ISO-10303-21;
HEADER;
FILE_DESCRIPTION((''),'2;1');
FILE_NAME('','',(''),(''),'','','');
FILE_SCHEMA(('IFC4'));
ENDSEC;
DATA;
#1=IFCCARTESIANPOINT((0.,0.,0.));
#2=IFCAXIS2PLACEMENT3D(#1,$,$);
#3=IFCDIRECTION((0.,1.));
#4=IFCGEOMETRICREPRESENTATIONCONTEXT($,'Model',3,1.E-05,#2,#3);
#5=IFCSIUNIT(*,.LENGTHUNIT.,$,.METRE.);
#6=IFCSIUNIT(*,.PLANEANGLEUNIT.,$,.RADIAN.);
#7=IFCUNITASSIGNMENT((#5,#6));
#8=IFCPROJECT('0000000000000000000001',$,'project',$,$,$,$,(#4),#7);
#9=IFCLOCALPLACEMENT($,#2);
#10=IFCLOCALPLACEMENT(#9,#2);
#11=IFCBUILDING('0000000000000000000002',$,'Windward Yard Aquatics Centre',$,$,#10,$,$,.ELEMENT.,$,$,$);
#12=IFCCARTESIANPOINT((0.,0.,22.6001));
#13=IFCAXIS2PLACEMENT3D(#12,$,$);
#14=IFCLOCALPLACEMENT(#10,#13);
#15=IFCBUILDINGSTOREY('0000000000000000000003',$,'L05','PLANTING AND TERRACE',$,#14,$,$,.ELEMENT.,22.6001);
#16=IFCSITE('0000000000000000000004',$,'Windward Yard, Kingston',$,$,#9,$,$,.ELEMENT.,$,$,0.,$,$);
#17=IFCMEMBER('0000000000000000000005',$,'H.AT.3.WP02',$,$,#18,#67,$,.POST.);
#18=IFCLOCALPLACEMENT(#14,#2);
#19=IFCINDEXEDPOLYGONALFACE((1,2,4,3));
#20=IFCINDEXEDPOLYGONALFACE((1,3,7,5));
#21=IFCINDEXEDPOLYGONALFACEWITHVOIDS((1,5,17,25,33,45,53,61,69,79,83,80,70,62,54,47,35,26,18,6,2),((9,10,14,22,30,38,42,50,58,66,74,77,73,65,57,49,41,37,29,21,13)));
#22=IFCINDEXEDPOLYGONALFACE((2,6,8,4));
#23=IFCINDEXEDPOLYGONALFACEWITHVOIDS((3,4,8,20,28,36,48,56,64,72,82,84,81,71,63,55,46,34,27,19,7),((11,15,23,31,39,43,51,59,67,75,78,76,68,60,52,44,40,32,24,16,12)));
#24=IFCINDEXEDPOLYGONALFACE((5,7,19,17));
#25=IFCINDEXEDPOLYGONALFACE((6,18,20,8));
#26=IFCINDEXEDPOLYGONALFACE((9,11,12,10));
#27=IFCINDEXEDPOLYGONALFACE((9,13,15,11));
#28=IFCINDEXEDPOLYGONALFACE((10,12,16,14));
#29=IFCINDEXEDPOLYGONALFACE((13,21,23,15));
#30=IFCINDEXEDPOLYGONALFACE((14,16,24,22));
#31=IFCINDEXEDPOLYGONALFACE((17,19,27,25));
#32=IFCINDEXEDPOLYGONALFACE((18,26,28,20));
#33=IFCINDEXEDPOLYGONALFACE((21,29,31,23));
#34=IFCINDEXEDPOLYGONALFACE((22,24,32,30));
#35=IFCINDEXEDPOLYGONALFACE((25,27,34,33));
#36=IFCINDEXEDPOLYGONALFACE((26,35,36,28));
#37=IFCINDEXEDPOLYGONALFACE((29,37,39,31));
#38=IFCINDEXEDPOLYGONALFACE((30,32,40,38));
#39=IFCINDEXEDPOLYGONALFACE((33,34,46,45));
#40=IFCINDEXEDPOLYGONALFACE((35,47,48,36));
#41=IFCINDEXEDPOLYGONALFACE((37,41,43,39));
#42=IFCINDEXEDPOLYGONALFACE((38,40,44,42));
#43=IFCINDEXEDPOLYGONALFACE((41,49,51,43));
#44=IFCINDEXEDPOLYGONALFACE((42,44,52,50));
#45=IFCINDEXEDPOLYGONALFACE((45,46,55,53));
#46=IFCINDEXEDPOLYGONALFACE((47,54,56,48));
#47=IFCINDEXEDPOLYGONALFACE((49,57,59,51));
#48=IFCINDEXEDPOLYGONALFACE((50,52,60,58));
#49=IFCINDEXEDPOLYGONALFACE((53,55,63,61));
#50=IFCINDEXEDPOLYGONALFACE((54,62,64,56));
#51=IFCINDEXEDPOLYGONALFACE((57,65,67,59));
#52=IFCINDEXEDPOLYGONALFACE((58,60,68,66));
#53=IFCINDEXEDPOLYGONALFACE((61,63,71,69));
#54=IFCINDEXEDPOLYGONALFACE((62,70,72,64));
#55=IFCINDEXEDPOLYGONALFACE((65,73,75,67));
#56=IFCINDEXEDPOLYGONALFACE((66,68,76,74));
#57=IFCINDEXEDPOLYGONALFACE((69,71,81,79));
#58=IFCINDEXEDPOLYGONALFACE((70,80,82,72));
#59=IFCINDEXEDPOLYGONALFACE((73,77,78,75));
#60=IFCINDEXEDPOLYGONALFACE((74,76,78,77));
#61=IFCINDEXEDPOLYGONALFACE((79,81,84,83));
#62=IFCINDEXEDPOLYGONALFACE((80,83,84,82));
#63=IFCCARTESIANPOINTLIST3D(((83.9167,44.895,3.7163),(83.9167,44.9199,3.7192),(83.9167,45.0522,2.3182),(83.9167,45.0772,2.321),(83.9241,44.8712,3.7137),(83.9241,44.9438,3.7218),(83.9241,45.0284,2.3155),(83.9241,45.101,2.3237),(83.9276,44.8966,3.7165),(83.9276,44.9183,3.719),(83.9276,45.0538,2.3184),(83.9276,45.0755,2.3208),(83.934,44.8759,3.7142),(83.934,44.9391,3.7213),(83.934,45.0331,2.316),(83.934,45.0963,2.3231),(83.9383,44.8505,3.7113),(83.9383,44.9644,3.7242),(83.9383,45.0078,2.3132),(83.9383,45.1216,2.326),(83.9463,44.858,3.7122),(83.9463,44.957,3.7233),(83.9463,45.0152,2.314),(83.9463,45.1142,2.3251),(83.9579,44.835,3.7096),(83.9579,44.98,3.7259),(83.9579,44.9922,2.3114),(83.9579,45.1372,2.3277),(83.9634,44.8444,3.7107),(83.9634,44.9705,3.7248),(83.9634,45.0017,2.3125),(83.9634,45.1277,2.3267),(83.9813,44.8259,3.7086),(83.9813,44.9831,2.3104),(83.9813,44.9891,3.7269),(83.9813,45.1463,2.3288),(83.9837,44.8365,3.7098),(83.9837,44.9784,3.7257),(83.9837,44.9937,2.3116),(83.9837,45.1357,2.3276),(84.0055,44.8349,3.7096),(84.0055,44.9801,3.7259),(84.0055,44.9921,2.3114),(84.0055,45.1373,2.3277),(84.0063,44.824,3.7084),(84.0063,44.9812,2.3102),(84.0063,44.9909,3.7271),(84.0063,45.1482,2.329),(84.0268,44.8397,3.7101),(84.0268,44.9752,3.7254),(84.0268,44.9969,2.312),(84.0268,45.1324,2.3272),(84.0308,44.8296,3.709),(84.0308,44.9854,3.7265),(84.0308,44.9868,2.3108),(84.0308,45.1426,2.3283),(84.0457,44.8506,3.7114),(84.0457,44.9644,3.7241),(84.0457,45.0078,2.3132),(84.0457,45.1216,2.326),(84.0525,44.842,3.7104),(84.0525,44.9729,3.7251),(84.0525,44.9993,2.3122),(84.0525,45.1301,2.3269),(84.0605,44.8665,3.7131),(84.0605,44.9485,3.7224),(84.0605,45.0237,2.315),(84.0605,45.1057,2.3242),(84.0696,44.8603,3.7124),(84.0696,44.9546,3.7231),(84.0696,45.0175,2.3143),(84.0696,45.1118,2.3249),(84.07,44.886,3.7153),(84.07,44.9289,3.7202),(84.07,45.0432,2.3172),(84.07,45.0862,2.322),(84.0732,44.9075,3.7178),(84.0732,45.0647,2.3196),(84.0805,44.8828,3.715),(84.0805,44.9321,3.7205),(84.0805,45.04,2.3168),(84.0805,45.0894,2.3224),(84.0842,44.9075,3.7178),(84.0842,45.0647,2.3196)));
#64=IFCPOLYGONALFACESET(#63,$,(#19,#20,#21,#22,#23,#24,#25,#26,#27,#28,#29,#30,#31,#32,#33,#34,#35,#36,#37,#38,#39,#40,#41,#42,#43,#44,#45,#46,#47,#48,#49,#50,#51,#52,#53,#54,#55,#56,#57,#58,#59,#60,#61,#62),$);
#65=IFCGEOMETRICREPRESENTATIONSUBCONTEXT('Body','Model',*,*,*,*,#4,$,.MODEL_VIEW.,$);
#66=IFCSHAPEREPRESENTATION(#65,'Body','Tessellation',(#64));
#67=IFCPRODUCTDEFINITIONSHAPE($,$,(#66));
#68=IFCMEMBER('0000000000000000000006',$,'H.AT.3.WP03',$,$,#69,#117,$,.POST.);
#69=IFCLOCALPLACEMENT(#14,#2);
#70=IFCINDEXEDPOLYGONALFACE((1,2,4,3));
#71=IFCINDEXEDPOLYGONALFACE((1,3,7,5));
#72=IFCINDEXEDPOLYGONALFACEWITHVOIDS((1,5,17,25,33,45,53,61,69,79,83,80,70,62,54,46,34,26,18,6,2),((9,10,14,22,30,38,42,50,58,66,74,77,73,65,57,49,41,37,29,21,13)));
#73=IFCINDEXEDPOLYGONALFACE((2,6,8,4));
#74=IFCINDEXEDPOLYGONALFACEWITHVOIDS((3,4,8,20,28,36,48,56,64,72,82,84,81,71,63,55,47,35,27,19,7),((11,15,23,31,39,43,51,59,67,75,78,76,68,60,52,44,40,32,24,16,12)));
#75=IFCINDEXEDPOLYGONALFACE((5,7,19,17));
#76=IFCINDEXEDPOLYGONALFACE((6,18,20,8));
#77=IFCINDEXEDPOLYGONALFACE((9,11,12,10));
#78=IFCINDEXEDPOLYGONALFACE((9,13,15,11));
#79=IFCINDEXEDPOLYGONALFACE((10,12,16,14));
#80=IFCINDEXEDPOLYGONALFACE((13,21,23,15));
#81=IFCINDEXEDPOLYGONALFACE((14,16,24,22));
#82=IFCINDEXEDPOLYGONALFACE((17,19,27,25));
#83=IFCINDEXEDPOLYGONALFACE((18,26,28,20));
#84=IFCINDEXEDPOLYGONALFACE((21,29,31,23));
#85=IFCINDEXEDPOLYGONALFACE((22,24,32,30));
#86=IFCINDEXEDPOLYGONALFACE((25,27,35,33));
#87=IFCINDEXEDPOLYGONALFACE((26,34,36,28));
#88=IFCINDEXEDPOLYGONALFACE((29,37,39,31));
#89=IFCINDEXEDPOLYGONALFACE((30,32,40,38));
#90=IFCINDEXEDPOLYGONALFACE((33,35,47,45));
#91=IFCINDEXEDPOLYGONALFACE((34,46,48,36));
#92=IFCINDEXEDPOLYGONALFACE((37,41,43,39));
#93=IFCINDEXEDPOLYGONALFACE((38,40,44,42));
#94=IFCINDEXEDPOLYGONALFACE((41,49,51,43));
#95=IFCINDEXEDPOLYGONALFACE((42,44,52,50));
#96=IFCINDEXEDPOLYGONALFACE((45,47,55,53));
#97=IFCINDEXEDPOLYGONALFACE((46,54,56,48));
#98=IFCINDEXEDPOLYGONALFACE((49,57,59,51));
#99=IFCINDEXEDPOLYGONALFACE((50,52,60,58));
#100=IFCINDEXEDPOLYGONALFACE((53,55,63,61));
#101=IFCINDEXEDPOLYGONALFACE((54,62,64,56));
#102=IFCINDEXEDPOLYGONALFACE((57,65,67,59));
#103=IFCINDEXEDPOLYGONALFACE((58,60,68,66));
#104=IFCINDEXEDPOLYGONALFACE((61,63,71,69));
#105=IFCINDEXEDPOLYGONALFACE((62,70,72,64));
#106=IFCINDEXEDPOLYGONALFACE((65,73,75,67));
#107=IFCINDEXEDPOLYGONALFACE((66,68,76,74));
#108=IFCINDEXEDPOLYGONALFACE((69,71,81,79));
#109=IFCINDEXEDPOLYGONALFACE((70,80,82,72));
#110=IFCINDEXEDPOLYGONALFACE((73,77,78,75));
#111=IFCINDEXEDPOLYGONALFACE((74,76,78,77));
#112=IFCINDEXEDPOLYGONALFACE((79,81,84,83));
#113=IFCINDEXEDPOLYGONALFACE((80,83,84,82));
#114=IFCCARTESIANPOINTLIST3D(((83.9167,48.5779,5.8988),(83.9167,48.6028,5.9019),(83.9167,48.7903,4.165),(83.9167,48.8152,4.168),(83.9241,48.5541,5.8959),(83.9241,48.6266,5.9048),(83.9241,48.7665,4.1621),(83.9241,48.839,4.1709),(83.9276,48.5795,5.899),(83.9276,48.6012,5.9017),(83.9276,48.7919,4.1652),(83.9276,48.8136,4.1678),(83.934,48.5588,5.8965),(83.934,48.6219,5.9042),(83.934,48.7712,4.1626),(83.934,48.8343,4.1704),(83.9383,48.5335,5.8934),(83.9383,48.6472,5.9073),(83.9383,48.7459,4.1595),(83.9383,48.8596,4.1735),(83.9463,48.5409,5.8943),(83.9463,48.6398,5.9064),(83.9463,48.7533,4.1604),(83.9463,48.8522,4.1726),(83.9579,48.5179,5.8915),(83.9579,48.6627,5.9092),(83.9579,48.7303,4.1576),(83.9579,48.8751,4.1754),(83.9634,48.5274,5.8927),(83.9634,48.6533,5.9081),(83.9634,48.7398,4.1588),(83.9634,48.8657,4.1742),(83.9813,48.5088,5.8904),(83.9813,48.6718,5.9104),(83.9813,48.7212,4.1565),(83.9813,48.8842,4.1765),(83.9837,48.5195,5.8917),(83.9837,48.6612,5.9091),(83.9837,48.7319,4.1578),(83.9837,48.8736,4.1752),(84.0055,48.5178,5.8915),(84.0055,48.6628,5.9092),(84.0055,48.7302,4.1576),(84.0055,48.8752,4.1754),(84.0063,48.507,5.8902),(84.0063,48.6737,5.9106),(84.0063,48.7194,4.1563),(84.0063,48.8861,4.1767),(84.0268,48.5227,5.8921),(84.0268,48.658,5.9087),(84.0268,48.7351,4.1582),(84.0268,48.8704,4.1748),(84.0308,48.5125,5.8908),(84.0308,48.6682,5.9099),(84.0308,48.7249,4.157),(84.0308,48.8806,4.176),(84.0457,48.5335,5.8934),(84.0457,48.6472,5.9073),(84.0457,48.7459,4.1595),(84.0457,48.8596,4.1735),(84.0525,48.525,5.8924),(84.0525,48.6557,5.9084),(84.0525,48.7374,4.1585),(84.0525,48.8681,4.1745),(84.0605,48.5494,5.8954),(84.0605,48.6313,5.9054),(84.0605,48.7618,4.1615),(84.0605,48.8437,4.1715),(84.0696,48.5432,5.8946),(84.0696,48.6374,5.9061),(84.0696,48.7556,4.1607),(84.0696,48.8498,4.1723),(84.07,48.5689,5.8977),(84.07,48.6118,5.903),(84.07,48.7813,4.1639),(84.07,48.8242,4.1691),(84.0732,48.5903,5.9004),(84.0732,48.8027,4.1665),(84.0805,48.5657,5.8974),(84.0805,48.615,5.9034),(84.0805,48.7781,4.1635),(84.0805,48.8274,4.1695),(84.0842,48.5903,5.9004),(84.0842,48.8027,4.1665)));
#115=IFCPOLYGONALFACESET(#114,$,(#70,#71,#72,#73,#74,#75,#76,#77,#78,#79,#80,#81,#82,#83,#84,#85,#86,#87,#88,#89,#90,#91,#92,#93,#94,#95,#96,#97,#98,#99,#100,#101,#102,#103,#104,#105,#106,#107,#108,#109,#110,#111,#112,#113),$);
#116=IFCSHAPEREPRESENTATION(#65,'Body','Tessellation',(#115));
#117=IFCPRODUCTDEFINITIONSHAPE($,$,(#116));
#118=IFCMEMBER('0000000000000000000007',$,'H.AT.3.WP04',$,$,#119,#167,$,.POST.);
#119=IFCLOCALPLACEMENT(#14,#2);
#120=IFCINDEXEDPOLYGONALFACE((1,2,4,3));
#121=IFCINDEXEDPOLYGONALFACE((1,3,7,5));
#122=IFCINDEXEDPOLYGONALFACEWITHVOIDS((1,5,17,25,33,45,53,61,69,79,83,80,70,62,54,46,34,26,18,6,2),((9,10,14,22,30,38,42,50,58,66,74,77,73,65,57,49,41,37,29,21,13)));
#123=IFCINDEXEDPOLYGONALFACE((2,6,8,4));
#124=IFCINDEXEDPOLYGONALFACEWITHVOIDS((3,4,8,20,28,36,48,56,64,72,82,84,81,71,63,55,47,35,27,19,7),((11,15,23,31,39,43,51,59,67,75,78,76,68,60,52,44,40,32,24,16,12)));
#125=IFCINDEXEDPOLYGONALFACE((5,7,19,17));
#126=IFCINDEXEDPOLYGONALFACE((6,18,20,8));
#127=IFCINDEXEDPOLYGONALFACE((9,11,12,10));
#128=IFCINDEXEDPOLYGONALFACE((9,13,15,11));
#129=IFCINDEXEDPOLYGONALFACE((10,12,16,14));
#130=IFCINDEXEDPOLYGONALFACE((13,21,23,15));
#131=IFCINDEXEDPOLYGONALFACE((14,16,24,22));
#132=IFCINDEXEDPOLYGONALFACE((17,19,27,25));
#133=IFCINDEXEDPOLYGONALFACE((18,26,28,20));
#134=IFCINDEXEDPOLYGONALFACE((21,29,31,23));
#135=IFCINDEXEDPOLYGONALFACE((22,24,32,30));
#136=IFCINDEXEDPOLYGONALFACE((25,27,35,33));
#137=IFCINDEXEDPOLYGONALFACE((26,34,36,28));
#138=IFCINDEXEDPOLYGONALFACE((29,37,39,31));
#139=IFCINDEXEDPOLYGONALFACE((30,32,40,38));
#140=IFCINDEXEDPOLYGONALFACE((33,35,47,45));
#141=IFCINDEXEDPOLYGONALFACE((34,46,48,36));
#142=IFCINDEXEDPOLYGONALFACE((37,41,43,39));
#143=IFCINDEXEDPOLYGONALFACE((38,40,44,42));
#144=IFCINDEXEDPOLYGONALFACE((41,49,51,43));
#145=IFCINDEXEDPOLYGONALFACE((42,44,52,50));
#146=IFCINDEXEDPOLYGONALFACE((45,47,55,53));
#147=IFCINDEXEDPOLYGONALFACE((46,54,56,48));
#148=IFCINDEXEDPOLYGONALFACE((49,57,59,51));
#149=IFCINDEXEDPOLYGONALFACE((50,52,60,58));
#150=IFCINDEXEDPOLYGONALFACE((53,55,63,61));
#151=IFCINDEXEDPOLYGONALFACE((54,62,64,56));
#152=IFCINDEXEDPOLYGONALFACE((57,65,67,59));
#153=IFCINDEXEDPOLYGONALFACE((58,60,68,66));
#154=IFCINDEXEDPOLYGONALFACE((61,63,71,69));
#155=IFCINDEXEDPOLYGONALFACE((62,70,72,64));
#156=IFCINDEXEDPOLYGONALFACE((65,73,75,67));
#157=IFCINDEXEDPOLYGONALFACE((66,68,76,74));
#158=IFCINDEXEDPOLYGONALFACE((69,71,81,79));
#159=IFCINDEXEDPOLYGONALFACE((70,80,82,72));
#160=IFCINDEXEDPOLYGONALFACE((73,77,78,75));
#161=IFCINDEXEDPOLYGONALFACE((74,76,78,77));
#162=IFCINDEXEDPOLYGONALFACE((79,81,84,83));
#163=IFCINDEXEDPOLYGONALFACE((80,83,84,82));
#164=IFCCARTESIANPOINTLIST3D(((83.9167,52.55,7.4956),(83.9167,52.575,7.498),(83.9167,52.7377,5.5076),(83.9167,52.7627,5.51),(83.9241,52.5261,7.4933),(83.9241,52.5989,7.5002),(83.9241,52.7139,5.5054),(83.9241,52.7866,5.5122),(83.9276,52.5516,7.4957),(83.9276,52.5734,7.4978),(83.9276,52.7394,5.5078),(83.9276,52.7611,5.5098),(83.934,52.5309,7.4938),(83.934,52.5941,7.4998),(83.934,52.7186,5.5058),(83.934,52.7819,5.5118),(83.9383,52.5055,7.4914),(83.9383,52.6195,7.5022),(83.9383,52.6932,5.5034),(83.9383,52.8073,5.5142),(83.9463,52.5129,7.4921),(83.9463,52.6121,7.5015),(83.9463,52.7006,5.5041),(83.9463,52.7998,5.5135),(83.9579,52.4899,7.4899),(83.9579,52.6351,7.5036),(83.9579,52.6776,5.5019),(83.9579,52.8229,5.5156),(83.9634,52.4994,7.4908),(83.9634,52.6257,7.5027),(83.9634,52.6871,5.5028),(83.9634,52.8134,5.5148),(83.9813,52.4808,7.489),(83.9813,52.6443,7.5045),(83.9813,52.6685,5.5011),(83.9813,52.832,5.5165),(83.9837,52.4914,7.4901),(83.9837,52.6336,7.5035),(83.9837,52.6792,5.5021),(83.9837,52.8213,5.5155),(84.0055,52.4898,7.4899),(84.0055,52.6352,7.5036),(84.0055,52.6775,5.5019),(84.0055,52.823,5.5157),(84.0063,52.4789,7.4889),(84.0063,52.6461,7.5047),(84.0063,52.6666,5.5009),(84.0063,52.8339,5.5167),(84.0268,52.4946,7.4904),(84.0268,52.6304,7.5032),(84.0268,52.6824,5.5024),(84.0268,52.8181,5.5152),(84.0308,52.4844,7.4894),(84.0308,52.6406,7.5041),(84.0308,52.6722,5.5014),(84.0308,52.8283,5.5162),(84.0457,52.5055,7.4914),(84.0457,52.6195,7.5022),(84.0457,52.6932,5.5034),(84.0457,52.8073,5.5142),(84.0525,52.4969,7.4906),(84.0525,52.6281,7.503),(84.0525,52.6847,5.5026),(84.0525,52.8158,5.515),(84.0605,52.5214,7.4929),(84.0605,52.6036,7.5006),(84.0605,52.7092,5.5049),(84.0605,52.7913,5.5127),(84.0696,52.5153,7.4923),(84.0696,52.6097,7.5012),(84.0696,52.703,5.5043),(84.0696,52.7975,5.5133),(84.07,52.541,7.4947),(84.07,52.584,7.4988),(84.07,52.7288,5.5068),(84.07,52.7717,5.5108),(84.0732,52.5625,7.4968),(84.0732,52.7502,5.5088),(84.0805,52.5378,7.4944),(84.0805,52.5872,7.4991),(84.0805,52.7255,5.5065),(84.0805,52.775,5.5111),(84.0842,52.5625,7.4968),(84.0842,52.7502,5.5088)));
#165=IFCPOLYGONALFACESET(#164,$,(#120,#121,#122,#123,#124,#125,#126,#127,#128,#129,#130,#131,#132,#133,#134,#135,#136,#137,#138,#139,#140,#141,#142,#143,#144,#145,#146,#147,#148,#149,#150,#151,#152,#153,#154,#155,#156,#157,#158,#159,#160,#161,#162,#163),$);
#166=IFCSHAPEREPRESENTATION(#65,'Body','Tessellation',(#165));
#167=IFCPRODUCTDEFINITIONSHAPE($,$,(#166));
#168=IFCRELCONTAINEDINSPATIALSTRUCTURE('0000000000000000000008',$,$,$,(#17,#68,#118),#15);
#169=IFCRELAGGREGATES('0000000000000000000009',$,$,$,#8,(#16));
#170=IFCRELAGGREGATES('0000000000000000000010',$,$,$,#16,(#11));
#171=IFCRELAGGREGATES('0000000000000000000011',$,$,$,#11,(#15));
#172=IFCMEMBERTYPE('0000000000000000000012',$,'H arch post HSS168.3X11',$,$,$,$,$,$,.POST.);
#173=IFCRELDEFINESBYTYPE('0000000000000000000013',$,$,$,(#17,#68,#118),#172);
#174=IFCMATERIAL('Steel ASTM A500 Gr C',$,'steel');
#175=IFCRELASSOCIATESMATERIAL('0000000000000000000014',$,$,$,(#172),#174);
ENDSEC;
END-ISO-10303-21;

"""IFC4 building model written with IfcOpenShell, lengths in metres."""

from ifc_helpers import new_model, si_unit, direction, frame, origin, origin_2d, place, context, subcontext, project, spatial, hollow_circle, extrude, material, material_profile, profile_set, type_object, element, save


model = new_model("IFC4")

# Units and contexts
model_context = context("Model", 3, precision=1e-05, world=origin(), true_north=direction((0.0, 1.0)))
body_context = subcontext(model_context, "Body", "Model", "MODEL_VIEW")
ifc_project = project(units=[si_unit("LENGTHUNIT", "METRE"), si_unit("PLANEANGLEUNIT", "RADIAN")], contexts=[model_context])

# Site, building, storey
site_placement = place(None, origin())
site = spatial("IfcSite", under=ifc_project, at=site_placement, Name="Windward Yard, Kingston", CompositionType="ELEMENT", RefElevation=0.0)
building_placement = place(site_placement, origin())
building = spatial("IfcBuilding", under=site, at=building_placement, Name="Windward Yard Aquatics Centre", CompositionType="ELEMENT")
storey_placement = place(building_placement, frame((0.0, 0.0, 22.6001)))
storey = spatial("IfcBuildingStorey", under=building, at=storey_placement, Name="L05", Description="PLANTING AND TERRACE", CompositionType="ELEMENT", Elevation=22.6001)

# Members
ifc_material_1 = material(Name="Steel ASTM A500 Gr C", Category="steel")
ifc_material_profile_1 = material_profile(ifc_material_1, hollow_circle(Radius=0.0842, WallThickness=0.011, at=origin_2d()), Name="HSS168.3X11")
ifc_profile_set_1 = profile_set([ifc_material_profile_1], Name="Steel ASTM A500 Gr C")
member_type_1 = type_object("IfcMemberType", Name="H arch post HSS168.3X11", PredefinedType="POST", material=ifc_profile_set_1)
member_1_placement = place(storey_placement, frame((84.0, 45.0647, 2.3196), z_axis=(0.0, -0.111746, 0.993737), x_axis=(1.0, 0.0, 0.0)))
element("IfcMember", 1, at=member_1_placement, inside=storey, type_object=member_type_1, Name="H.AT.3.WP02", PredefinedType="POST", context=body_context, shape_type="SweptSolid", body=[
    extrude(hollow_circle(Radius=0.0842, WallThickness=0.011, at=origin_2d()), origin(), (0.0, 0.0, 1.0), 1.407),
])
member_2_placement = place(storey_placement, frame((84.0, 48.8027, 4.1665), z_axis=(0.0, -0.121592, 0.99258), x_axis=(1.0, 0.0, 0.0)))
element("IfcMember", 2, at=member_2_placement, inside=storey, type_object=member_type_1, Name="H.AT.3.WP03", PredefinedType="POST", context=body_context, shape_type="SweptSolid", body=[
    extrude(hollow_circle(Radius=0.0842, WallThickness=0.011, at=origin_2d()), origin(), (0.0, 0.0, 1.0), 1.7468),
])
member_3_placement = place(storey_placement, frame((84.0, 52.7502, 5.5088), z_axis=(0.0, -0.094019, 0.99557), x_axis=(1.0, 0.0, 0.0)))
element("IfcMember", 3, at=member_3_placement, inside=storey, type_object=member_type_1, Name="H.AT.3.WP04", PredefinedType="POST", context=body_context, shape_type="SweptSolid", body=[
    extrude(hollow_circle(Radius=0.0842, WallThickness=0.011, at=origin_2d()), origin(), (0.0, 0.0, 1.0), 1.9968),
])

save(model, "model.ifc")
